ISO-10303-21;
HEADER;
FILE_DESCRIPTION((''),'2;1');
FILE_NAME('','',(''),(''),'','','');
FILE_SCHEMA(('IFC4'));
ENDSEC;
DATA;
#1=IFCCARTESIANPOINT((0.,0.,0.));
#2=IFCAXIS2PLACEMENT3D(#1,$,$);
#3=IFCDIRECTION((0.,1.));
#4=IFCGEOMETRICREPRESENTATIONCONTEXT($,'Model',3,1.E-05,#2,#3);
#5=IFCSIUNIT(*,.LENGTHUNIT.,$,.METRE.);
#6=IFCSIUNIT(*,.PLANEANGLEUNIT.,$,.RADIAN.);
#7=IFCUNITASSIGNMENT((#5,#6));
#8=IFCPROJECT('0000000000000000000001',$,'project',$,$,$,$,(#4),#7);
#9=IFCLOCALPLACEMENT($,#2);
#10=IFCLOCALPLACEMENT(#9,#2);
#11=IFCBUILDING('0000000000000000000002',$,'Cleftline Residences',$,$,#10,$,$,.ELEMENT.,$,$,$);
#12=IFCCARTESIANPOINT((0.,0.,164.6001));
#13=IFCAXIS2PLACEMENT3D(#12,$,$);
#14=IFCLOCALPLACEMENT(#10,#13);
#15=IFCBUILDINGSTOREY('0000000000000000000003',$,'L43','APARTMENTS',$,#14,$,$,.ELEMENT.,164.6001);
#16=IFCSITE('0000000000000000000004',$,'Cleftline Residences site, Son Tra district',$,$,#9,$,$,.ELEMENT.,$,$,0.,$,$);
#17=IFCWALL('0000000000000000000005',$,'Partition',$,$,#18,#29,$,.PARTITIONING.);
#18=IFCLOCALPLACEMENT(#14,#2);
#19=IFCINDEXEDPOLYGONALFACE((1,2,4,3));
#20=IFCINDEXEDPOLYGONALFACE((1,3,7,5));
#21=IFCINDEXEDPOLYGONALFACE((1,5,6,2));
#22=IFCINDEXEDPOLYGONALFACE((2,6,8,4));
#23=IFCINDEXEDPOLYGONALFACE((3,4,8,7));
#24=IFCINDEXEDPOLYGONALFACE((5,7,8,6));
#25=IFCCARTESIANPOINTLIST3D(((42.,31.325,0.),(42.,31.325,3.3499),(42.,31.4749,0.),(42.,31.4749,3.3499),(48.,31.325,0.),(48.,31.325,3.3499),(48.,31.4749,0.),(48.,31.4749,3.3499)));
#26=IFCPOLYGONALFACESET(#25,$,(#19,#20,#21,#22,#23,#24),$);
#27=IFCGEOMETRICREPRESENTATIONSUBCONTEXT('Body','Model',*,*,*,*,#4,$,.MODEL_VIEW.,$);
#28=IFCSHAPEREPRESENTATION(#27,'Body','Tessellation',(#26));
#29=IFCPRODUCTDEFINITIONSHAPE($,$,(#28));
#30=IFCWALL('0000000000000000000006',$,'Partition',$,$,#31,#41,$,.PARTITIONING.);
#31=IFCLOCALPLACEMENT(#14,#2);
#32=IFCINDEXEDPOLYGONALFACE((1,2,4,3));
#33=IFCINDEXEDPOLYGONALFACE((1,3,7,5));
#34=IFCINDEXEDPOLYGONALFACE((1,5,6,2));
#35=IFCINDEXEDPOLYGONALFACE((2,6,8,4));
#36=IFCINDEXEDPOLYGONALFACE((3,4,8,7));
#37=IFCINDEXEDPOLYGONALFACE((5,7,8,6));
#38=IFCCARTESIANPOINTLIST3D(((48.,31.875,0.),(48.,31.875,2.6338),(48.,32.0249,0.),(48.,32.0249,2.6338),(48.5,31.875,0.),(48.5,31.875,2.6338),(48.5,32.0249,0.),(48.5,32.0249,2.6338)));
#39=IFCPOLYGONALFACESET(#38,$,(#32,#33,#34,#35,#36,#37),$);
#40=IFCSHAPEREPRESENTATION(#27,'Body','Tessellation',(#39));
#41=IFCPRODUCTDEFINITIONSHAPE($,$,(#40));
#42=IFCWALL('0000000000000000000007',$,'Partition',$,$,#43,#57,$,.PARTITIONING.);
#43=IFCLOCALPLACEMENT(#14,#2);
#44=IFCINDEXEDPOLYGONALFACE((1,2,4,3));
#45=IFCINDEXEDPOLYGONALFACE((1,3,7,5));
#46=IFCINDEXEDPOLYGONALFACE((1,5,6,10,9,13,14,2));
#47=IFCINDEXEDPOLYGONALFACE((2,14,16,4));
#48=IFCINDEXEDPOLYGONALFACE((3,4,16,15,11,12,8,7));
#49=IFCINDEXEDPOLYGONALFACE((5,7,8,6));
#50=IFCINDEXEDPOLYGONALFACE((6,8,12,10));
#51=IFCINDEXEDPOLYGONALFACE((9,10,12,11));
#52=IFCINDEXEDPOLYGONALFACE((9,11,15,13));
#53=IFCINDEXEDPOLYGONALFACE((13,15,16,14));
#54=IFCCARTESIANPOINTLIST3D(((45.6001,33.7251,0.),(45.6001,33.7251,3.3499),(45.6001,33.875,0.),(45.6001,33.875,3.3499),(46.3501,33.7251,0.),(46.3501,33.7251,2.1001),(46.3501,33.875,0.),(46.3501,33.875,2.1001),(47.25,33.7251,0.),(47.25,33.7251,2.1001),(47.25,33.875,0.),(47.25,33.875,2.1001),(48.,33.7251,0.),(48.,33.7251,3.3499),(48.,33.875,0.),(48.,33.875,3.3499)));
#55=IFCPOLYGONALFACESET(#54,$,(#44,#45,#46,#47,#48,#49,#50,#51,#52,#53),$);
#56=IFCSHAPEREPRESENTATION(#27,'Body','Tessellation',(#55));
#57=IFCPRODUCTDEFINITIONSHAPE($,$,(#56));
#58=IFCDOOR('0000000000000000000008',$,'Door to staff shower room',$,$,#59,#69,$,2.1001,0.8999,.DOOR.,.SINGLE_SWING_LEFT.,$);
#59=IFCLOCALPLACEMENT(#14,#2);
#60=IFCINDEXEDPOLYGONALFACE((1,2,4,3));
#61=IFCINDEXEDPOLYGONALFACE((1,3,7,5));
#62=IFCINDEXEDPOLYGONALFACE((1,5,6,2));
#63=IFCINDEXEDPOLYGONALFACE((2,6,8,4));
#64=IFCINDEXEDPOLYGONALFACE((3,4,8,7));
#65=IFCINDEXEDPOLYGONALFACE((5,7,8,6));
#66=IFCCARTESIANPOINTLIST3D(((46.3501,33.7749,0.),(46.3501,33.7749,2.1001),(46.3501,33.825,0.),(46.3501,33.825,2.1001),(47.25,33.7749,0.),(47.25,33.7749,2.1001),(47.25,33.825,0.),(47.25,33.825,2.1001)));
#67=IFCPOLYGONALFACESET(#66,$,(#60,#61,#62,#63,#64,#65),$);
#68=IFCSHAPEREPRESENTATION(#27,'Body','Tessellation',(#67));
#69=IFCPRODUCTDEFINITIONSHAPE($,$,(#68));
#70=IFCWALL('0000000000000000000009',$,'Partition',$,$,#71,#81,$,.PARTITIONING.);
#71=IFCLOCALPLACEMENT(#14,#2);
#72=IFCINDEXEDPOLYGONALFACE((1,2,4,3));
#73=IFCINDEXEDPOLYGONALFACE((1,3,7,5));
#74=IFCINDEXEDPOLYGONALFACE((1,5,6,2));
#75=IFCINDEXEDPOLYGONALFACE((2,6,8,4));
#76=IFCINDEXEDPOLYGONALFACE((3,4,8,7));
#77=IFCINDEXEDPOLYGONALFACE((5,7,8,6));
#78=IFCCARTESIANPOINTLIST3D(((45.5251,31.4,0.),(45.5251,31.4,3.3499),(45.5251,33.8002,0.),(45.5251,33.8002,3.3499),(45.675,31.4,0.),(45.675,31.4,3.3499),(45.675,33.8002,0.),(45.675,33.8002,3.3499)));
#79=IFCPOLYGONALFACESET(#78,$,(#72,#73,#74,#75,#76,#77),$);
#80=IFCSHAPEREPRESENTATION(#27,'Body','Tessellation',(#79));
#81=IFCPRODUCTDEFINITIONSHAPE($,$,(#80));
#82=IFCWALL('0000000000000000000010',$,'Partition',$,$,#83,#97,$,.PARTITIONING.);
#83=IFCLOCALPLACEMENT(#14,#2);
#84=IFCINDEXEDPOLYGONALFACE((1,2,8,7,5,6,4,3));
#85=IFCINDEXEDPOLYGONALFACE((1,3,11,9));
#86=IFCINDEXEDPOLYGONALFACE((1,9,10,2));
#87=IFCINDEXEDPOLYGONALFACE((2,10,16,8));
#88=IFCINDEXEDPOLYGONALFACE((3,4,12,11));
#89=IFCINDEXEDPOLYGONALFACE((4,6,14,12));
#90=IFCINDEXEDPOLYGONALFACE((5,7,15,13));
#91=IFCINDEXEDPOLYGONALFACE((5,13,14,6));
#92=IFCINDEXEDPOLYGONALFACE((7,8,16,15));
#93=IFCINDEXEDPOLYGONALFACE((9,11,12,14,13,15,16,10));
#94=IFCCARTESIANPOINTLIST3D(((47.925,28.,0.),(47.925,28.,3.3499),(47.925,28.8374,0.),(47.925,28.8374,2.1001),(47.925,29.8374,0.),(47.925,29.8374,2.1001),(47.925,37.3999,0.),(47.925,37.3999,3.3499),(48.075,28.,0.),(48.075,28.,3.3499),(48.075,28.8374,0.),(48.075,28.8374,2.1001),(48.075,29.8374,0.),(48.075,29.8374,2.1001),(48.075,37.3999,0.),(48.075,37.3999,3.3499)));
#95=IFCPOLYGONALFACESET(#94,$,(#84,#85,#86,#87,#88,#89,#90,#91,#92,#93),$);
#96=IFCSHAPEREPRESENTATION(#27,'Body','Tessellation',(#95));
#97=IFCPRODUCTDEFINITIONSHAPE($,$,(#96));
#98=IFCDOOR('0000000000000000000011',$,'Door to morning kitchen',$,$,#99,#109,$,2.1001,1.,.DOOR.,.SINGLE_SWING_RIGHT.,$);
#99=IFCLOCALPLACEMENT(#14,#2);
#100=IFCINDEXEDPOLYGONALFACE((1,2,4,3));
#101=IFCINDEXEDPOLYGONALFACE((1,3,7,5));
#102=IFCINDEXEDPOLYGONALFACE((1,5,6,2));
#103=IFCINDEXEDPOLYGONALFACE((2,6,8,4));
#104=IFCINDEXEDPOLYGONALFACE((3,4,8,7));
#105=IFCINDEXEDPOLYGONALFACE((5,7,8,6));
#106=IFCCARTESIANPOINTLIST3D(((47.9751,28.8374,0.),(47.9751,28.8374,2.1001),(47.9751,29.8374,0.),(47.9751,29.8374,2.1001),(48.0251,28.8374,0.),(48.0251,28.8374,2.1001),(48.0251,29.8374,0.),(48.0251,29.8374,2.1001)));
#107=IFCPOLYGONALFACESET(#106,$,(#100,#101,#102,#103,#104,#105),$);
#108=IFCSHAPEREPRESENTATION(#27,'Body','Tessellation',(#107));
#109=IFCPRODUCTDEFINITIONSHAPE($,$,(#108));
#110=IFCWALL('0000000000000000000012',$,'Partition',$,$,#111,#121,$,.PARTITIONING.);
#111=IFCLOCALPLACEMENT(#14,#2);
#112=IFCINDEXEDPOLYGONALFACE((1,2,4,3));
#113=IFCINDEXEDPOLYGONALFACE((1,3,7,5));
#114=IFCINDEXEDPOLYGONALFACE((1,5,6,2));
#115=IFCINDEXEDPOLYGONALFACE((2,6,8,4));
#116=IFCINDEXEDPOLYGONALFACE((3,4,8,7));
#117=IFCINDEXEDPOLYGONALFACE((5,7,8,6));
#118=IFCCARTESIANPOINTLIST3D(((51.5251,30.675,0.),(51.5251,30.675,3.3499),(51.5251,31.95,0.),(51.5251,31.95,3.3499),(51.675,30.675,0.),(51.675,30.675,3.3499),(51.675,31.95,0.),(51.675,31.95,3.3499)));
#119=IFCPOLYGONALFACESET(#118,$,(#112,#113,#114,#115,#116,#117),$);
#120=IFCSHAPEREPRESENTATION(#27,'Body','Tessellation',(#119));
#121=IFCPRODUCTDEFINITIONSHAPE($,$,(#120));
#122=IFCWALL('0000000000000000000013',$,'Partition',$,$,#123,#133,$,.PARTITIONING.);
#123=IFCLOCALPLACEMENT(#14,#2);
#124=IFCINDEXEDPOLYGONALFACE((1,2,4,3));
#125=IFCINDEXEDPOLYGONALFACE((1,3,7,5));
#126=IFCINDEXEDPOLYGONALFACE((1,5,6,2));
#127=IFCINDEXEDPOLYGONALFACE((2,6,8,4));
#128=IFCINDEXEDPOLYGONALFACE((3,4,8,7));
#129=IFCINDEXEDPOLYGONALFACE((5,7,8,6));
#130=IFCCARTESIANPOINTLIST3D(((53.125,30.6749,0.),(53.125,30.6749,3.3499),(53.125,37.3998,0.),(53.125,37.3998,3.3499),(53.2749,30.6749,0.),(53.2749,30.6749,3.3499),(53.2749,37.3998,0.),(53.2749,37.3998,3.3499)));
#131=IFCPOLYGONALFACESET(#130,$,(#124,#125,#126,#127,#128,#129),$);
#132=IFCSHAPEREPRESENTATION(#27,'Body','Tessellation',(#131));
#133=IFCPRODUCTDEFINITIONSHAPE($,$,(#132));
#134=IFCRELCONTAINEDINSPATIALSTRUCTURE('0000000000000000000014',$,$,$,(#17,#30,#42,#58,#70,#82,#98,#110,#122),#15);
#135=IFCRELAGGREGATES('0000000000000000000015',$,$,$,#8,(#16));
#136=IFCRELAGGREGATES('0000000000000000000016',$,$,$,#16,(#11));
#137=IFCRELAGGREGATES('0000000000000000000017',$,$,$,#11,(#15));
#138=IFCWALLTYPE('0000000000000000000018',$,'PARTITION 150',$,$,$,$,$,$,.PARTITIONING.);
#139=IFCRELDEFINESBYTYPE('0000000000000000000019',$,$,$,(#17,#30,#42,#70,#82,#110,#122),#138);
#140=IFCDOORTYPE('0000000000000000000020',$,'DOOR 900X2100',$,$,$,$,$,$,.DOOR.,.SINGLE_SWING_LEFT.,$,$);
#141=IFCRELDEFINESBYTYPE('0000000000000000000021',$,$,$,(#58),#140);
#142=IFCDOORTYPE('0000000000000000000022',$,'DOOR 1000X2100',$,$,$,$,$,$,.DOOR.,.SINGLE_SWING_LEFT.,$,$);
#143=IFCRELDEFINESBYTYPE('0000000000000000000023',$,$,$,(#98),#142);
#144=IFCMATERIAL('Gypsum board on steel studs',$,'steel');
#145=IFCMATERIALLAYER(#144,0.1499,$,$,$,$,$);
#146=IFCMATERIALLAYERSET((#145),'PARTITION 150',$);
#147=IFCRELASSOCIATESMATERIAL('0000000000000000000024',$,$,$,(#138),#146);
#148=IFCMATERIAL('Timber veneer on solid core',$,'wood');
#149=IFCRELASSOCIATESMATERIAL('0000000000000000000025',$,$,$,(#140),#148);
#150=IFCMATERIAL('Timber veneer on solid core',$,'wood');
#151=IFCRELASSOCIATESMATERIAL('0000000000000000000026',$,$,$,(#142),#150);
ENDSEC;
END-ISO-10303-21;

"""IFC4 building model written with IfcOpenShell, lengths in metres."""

from ifc_helpers import new_model, si_unit, direction, frame, frame_2d, origin, place, context, subcontext, project, spatial, rectangle, extrude, material, layer, layer_set, type_object, element, fill, save


model = new_model("IFC4")

# Units and contexts
model_context = context("Model", 3, precision=1e-05, world=origin(), true_north=direction((0.0, 1.0)))
body_context = subcontext(model_context, "Body", "Model", "MODEL_VIEW")
ifc_project = project(units=[si_unit("LENGTHUNIT", "METRE"), si_unit("PLANEANGLEUNIT", "RADIAN")], contexts=[model_context])

# Site, building, storey
site_placement = place(None, origin())
site = spatial("IfcSite", under=ifc_project, at=site_placement, Name="Cleftline Residences site, Son Tra district", CompositionType="ELEMENT", RefElevation=0.0)
building_placement = place(site_placement, origin())
building = spatial("IfcBuilding", under=site, at=building_placement, Name="Cleftline Residences", CompositionType="ELEMENT")
storey_placement = place(building_placement, frame((0.0, 0.0, 164.6001)))
storey = spatial("IfcBuildingStorey", under=building, at=storey_placement, Name="L43", Description="APARTMENTS", CompositionType="ELEMENT", Elevation=164.6001)

# Shared definitions
ifc_material_1 = material(Name="Gypsum board on steel studs", Category="steel")
ifc_layer_1 = layer(ifc_material_1, 0.1499)
ifc_layer_set_1 = layer_set([ifc_layer_1], Name="PARTITION 150")
wall_type_1 = type_object("IfcWallType", Name="PARTITION 150", PredefinedType="PARTITIONING", material=ifc_layer_set_1)
ifc_material_2 = material(Name="Timber veneer on solid core", Category="wood")
door_type_1 = type_object("IfcDoorType", Name="DOOR 900X2100", OperationType="SINGLE_SWING_LEFT", PredefinedType="DOOR", material=ifc_material_2)
ifc_material_3 = material(Name="Timber veneer on solid core", Category="wood")
door_type_2 = type_object("IfcDoorType", Name="DOOR 1000X2100", OperationType="SINGLE_SWING_LEFT", PredefinedType="DOOR", material=ifc_material_3)

# Walls
wall_1_placement = place(storey_placement, frame((42.0, 31.3999, 0.0), z_axis=(0.0, 0.0, 1.0), x_axis=(1.0, 0.0, 0.0)))
element("IfcWall", 1, at=wall_1_placement, inside=storey, type_object=wall_type_1, Name="Partition", PredefinedType="PARTITIONING", context=body_context, shape_type="SweptSolid", body=[
    extrude(rectangle(XDim=6.0, YDim=0.1499, at=frame_2d((3.0, 0.0))), origin(), (0.0, 0.0, 1.0), 3.3499),
])
wall_2_placement = place(storey_placement, frame((48.0, 31.95, 0.0), z_axis=(0.0, 0.0, 1.0), x_axis=(1.0, 0.0, 0.0)))
element("IfcWall", 2, at=wall_2_placement, inside=storey, type_object=wall_type_1, Name="Partition", PredefinedType="PARTITIONING", context=body_context, shape_type="SweptSolid", body=[
    extrude(rectangle(XDim=0.5, YDim=0.1499, at=frame_2d((0.25, 0.0))), origin(), (0.0, 0.0, 1.0), 2.6338),
])

# Wall, opening, door
wall_3_placement = place(storey_placement, frame((45.6001, 33.8, 0.0), z_axis=(0.0, 0.0, 1.0), x_axis=(1.0, 0.0, 0.0)))
wall_3 = element("IfcWall", 3, at=wall_3_placement, inside=storey, type_object=wall_type_1, Name="Partition", PredefinedType="PARTITIONING", context=body_context, shape_type="SweptSolid", body=[
    extrude(rectangle(XDim=2.3999, YDim=0.1499, at=frame_2d((1.2, 0.0))), origin(), (0.0, 0.0, 1.0), 3.3499),
])
opening_1_placement = place(wall_3_placement, frame((0.75, 0.0, 0.0)))
opening_1 = element("IfcOpeningElement", 4, at=opening_1_placement, cuts=wall_3, PredefinedType="OPENING", context=body_context, shape_type="SweptSolid", body=[
    extrude(rectangle(XDim=0.8999, YDim=2.1001, at=frame_2d((0.45, 1.05))), frame((0.0, 0.085, 0.0), z_axis=(0.0, -1.0, 0.0), x_axis=(1.0, 0.0, 0.0)), (0.0, 0.0, 1.0), 0.1699),
])
door_1_placement = place(opening_1_placement, origin())
door_1 = element("IfcDoor", 5, at=door_1_placement, inside=storey, type_object=door_type_1, Name="Door to staff shower room", OperationType="SINGLE_SWING_LEFT", OverallHeight=2.1001, OverallWidth=0.8999, PredefinedType="DOOR", context=body_context, shape_type="SweptSolid", body=[
    extrude(rectangle(XDim=0.8999, YDim=2.1001, at=frame_2d((0.45, 1.05))), frame((0.0, 0.0249, 0.0), z_axis=(0.0, -1.0, 0.0), x_axis=(1.0, 0.0, 0.0)), (0.0, 0.0, 1.0), 0.05),
])
fill(opening_1, door_1)

# Wall
wall_4_placement = place(storey_placement, frame((45.6001, 31.3999, 0.0), z_axis=(0.0, 0.0, 1.0), x_axis=(0.0, 1.0, 0.0)))
element("IfcWall", 6, at=wall_4_placement, inside=storey, type_object=wall_type_1, Name="Partition", PredefinedType="PARTITIONING", context=body_context, shape_type="SweptSolid", body=[
    extrude(rectangle(XDim=2.4001, YDim=0.1499, at=frame_2d((1.2002, 0.0))), origin(), (0.0, 0.0, 1.0), 3.3499),
])

# Wall, opening, door
wall_5_placement = place(storey_placement, frame((48.0, 28.0, 0.0), z_axis=(0.0, 0.0, 1.0), x_axis=(0.0, 1.0, 0.0)))
wall_5 = element("IfcWall", 7, at=wall_5_placement, inside=storey, type_object=wall_type_1, Name="Partition", PredefinedType="PARTITIONING", context=body_context, shape_type="SweptSolid", body=[
    extrude(rectangle(XDim=9.3999, YDim=0.1499, at=frame_2d((4.7, 0.0))), origin(), (0.0, 0.0, 1.0), 3.3499),
])
opening_2_placement = place(wall_5_placement, frame((0.8374, 0.0, 0.0)))
opening_2 = element("IfcOpeningElement", 8, at=opening_2_placement, cuts=wall_5, PredefinedType="OPENING", context=body_context, shape_type="SweptSolid", body=[
    extrude(rectangle(XDim=1.0, YDim=2.1001, at=frame_2d((0.5, 1.05))), frame((0.0, 0.085, 0.0), z_axis=(0.0, -1.0, 0.0), x_axis=(1.0, 0.0, 0.0)), (0.0, 0.0, 1.0), 0.1699),
])
door_2_placement = place(opening_2_placement, origin())
door_2 = element("IfcDoor", 9, at=door_2_placement, inside=storey, type_object=door_type_2, Name="Door to morning kitchen", OperationType="SINGLE_SWING_RIGHT", OverallHeight=2.1001, OverallWidth=1.0, PredefinedType="DOOR", context=body_context, shape_type="SweptSolid", body=[
    extrude(rectangle(XDim=1.0, YDim=2.1001, at=frame_2d((0.5, 1.05))), frame((0.0, 0.0249, 0.0), z_axis=(0.0, -1.0, 0.0), x_axis=(1.0, 0.0, 0.0)), (0.0, 0.0, 1.0), 0.05),
])
fill(opening_2, door_2)

# Walls
wall_6_placement = place(storey_placement, frame((51.6001, 30.675, 0.0), z_axis=(0.0, 0.0, 1.0), x_axis=(0.0, 1.0, 0.0)))
element("IfcWall", 10, at=wall_6_placement, inside=storey, type_object=wall_type_1, Name="Partition", PredefinedType="PARTITIONING", context=body_context, shape_type="SweptSolid", body=[
    extrude(rectangle(XDim=1.2749, YDim=0.1499, at=frame_2d((0.6375, 0.0))), origin(), (0.0, 0.0, 1.0), 3.3499),
])
wall_7_placement = place(storey_placement, frame((53.2, 30.675, 0.0), z_axis=(0.0, 0.0, 1.0), x_axis=(0.0, 1.0, 0.0)))
element("IfcWall", 11, at=wall_7_placement, inside=storey, type_object=wall_type_1, Name="Partition", PredefinedType="PARTITIONING", context=body_context, shape_type="SweptSolid", body=[
    extrude(rectangle(XDim=6.7249, YDim=0.1499, at=frame_2d((3.3623, 0.0))), origin(), (0.0, 0.0, 1.0), 3.3499),
])

save(model, "model.ifc")
